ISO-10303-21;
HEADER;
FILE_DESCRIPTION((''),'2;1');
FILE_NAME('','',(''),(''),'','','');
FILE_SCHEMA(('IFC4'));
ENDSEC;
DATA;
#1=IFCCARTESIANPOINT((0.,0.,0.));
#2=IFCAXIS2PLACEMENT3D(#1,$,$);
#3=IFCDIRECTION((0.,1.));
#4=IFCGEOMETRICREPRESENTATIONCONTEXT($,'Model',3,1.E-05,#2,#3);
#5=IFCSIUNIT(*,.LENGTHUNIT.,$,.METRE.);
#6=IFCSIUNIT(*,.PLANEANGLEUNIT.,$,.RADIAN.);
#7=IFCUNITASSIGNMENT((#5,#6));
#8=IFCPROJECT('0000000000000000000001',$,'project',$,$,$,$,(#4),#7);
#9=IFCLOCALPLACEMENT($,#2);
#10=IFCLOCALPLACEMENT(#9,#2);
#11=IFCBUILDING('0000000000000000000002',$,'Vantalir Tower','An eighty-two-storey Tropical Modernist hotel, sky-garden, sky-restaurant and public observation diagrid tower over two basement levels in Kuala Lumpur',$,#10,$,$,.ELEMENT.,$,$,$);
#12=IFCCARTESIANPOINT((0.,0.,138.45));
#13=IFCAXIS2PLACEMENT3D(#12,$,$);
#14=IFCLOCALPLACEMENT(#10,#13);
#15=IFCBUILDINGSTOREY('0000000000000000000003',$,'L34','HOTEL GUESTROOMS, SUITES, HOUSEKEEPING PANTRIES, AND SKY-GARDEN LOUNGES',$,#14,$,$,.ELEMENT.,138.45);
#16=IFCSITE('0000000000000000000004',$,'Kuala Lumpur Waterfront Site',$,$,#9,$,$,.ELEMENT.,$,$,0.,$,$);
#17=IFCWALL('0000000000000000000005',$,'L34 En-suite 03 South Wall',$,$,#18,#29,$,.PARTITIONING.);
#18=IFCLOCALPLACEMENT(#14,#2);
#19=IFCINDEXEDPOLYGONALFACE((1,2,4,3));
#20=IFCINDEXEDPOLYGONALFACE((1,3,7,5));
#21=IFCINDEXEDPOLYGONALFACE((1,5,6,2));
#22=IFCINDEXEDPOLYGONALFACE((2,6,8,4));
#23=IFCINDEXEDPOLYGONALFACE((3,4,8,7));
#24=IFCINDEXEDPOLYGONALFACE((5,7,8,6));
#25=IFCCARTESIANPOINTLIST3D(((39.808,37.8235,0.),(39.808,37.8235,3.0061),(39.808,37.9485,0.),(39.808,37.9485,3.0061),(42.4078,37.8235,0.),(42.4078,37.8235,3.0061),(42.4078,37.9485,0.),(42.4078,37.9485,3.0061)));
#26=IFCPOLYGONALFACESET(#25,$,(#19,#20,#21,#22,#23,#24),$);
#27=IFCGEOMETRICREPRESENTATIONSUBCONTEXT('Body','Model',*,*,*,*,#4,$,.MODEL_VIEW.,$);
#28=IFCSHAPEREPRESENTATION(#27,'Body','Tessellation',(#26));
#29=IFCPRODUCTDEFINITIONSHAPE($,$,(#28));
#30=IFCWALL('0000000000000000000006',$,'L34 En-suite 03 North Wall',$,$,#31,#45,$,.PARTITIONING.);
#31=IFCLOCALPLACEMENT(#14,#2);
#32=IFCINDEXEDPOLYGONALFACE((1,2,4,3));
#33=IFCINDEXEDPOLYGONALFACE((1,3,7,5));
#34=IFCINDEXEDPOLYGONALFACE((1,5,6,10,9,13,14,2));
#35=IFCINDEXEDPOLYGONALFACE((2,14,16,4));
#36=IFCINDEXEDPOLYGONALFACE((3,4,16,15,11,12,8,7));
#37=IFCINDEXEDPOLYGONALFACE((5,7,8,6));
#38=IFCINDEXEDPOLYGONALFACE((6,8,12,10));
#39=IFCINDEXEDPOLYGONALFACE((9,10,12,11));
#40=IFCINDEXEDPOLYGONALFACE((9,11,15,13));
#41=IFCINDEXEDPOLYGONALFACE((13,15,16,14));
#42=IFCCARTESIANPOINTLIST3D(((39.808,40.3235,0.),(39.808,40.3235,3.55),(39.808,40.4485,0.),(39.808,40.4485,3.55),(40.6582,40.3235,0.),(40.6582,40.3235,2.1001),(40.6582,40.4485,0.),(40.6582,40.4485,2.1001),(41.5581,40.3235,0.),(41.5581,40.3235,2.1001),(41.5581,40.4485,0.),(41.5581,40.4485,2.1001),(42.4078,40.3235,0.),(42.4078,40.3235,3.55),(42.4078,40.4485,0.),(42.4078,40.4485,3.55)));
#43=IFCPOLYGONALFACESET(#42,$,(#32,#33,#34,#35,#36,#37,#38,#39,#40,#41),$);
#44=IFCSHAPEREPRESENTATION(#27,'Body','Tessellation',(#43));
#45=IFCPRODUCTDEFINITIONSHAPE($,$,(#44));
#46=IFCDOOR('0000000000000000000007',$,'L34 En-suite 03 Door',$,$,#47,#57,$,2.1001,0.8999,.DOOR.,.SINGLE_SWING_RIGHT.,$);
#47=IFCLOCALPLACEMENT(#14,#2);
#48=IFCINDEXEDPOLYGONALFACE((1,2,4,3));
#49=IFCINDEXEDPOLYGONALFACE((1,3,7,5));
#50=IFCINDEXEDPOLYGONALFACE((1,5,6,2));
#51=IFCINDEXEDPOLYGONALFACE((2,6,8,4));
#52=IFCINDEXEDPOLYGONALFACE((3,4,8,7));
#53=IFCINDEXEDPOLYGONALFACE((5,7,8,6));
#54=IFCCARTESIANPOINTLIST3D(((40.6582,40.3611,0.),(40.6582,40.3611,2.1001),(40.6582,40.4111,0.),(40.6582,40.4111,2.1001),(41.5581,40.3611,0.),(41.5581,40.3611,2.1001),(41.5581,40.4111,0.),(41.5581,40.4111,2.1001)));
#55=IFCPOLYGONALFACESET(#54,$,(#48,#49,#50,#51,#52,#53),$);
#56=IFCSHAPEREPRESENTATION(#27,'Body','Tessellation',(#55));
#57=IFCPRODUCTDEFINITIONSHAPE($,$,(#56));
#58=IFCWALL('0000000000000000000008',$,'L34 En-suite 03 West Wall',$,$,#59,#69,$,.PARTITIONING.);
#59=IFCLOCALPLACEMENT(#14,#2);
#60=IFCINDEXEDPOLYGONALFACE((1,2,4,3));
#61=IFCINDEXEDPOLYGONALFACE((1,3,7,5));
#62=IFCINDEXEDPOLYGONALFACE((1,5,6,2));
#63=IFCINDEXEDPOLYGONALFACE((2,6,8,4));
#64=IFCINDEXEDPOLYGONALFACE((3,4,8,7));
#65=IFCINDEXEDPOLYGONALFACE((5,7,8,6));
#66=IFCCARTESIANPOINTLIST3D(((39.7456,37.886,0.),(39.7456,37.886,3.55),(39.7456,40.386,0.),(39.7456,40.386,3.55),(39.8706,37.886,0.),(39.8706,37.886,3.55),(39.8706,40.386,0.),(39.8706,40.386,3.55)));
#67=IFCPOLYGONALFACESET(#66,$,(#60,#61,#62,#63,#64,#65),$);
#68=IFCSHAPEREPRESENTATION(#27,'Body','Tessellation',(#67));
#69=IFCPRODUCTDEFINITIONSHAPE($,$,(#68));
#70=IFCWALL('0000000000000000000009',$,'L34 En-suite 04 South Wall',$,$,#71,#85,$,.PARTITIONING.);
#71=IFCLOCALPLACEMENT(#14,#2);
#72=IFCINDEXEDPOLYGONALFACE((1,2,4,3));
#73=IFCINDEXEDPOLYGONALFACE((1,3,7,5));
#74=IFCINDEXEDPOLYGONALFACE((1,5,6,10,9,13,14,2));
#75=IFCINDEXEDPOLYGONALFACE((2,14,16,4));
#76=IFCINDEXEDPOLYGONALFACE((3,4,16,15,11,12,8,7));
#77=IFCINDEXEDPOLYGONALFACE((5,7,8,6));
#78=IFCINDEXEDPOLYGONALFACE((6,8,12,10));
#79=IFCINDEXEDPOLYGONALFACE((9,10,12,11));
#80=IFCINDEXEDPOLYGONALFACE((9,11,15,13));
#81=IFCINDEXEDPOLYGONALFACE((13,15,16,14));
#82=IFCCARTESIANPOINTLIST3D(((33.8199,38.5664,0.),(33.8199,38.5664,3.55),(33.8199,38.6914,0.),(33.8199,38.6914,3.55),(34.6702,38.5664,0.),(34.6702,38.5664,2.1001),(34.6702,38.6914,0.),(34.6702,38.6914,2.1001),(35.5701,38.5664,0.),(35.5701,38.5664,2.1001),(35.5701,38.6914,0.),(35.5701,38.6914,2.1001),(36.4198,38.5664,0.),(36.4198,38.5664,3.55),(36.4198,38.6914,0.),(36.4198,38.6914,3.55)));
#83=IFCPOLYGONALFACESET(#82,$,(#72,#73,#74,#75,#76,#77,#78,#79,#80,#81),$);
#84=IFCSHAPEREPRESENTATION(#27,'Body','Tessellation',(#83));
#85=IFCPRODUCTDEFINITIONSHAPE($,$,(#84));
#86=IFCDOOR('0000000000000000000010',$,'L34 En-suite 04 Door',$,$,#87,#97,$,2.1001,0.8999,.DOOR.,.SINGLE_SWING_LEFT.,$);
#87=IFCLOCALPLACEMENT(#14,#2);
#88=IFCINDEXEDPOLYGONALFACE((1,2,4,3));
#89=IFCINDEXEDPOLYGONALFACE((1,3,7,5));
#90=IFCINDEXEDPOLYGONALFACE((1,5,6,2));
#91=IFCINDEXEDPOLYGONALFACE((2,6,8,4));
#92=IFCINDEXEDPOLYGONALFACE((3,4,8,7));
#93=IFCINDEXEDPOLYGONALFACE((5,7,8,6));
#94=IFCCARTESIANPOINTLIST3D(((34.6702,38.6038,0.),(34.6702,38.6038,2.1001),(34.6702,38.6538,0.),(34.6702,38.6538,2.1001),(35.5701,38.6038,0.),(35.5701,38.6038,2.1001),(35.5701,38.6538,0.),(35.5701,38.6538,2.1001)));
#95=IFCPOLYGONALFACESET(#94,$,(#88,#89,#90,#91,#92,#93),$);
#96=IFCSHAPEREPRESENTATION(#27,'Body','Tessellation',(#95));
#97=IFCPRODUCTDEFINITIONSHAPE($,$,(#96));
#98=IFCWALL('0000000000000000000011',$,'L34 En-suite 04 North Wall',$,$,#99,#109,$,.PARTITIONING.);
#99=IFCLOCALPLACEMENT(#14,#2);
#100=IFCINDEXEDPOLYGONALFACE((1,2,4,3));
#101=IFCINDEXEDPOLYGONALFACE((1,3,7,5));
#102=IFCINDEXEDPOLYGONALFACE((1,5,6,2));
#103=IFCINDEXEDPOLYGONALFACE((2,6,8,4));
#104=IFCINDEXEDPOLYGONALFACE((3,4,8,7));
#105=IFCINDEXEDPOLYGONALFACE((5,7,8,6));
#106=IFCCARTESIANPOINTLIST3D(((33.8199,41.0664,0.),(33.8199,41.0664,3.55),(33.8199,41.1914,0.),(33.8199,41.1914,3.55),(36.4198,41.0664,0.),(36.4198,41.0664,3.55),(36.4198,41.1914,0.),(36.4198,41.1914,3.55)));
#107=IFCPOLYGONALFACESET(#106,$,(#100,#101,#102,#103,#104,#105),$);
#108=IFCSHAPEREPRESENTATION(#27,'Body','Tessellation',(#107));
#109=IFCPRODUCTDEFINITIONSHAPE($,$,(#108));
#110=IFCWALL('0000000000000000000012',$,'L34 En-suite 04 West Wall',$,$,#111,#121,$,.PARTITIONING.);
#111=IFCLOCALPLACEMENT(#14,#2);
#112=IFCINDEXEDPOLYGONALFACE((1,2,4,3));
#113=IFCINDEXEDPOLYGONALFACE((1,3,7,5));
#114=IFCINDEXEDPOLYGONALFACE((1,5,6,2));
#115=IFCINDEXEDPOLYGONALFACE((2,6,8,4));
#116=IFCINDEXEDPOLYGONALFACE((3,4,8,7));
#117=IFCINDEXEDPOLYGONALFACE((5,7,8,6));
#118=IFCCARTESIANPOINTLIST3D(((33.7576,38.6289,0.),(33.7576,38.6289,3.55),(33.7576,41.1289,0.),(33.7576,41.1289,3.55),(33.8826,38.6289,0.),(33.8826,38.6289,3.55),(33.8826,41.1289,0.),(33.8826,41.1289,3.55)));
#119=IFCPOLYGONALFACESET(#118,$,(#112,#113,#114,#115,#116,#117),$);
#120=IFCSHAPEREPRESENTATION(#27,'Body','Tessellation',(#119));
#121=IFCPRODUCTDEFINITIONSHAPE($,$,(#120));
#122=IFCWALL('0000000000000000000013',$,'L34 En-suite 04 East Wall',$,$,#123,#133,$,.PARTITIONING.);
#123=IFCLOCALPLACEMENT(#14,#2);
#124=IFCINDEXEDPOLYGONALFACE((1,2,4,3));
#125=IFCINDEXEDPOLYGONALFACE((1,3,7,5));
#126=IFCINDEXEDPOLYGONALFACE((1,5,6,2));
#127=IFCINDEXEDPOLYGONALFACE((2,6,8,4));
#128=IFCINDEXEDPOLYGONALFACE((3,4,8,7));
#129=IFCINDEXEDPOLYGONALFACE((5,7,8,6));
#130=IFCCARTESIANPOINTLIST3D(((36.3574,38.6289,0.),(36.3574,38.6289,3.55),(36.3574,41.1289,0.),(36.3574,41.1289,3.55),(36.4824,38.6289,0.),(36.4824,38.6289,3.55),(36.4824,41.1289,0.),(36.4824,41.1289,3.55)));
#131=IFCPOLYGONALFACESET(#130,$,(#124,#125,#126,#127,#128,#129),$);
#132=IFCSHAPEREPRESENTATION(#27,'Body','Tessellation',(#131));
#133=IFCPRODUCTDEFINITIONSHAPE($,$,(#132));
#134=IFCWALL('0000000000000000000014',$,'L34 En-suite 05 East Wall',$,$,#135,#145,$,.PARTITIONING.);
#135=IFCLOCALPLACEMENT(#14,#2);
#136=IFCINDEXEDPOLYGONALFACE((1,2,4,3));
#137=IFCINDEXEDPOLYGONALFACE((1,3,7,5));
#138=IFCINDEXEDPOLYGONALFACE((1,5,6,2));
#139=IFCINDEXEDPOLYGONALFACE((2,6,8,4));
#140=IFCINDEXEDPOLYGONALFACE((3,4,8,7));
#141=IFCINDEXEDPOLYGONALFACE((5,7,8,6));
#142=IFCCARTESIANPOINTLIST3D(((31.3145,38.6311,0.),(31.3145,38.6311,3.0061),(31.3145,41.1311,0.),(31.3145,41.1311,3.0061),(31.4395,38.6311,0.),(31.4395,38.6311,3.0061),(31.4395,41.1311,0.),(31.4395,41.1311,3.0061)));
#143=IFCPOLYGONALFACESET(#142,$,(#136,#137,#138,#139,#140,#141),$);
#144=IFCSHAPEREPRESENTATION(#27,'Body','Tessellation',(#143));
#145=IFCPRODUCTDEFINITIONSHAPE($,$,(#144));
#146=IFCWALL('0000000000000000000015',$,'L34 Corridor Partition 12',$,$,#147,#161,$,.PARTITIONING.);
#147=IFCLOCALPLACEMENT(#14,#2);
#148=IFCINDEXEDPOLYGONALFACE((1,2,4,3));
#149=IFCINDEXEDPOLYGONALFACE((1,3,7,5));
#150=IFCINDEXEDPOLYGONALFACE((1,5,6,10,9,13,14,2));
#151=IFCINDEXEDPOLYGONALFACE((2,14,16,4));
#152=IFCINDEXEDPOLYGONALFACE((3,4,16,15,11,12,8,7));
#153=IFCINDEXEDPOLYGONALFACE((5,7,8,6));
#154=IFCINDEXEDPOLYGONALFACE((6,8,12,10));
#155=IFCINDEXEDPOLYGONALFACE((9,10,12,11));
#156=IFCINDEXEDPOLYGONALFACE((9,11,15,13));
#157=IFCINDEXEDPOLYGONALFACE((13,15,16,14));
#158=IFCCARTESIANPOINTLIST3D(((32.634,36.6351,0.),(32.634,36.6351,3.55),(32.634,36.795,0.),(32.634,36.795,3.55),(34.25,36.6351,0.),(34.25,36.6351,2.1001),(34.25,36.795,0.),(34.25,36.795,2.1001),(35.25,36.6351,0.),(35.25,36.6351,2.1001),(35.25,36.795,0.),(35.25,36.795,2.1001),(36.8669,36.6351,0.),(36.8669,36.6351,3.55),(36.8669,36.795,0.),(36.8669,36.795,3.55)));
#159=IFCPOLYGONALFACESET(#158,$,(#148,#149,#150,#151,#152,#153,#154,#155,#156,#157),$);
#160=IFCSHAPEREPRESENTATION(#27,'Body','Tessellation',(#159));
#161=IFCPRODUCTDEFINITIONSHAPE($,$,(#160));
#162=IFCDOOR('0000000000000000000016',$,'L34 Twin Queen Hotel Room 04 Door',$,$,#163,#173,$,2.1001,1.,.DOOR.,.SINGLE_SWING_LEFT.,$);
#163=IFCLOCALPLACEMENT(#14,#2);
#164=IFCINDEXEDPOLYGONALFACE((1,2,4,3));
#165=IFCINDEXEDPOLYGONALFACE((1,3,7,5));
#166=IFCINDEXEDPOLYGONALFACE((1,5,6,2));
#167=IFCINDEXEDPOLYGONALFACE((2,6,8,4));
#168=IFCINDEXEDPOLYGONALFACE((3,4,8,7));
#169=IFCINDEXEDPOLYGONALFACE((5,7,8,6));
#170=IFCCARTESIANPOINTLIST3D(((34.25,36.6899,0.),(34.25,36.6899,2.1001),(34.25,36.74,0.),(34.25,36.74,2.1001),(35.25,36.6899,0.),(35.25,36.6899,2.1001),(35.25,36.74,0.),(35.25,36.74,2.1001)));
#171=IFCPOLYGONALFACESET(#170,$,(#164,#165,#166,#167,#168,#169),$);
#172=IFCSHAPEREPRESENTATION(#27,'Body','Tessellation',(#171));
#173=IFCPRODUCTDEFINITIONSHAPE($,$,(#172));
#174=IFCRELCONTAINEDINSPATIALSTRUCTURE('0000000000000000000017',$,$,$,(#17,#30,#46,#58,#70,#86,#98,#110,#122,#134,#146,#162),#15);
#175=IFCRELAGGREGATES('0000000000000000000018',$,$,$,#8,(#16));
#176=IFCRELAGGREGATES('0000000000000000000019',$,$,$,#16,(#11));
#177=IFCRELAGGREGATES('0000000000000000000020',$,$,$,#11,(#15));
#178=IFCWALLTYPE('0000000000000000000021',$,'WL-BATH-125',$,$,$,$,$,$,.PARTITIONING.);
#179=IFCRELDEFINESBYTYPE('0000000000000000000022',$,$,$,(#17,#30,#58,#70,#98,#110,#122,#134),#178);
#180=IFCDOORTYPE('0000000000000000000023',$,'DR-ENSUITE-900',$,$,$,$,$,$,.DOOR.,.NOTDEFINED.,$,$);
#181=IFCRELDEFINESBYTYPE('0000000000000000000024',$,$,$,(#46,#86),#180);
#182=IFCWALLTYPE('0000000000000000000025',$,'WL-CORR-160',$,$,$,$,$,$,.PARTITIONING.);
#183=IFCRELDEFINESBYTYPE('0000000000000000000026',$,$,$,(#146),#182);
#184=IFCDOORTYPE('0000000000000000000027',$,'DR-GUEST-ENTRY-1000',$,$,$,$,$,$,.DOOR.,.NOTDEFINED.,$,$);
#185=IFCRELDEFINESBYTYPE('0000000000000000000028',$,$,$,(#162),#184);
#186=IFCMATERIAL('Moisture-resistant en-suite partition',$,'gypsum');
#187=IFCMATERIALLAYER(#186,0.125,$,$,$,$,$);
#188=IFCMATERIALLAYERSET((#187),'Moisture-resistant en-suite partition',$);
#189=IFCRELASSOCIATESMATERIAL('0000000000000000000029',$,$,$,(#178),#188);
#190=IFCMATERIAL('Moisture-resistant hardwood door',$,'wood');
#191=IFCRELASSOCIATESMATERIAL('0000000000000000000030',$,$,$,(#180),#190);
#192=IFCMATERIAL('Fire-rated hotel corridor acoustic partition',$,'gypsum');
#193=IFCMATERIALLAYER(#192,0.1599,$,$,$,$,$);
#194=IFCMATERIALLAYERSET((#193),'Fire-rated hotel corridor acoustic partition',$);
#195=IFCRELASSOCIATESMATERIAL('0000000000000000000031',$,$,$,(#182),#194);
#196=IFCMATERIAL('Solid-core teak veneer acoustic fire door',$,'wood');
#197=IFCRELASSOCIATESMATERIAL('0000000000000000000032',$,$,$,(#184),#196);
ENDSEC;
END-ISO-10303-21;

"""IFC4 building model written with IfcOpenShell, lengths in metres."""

from ifc_helpers import new_model, si_unit, direction, frame, frame_2d, origin, place, context, subcontext, project, spatial, rectangle, extrude, material, layer, layer_set, type_object, element, fill, save


model = new_model("IFC4")

# Units and contexts
model_context = context("Model", 3, precision=1e-05, world=origin(), true_north=direction((0.0, 1.0)))
body_context = subcontext(model_context, "Body", "Model", "MODEL_VIEW")
ifc_project = project(units=[si_unit("LENGTHUNIT", "METRE"), si_unit("PLANEANGLEUNIT", "RADIAN")], contexts=[model_context])

# Site, building, storey
site_placement = place(None, origin())
site = spatial("IfcSite", under=ifc_project, at=site_placement, Name="Kuala Lumpur Waterfront Site", CompositionType="ELEMENT", RefElevation=0.0)
building_placement = place(site_placement, origin())
building = spatial("IfcBuilding", under=site, at=building_placement, Name="Vantalir Tower", Description="An eighty-two-storey Tropical Modernist hotel, sky-garden, sky-restaurant and public observation diagrid tower over two basement levels in Kuala Lumpur", CompositionType="ELEMENT")
storey_placement = place(building_placement, frame((0.0, 0.0, 138.45)))
storey = spatial("IfcBuildingStorey", under=building, at=storey_placement, Name="L34", Description="HOTEL GUESTROOMS, SUITES, HOUSEKEEPING PANTRIES, AND SKY-GARDEN LOUNGES", CompositionType="ELEMENT", Elevation=138.45)

# Wall
ifc_material_1 = material(Name="Moisture-resistant en-suite partition", Category="gypsum")
ifc_layer_1 = layer(ifc_material_1, 0.125)
ifc_layer_set_1 = layer_set([ifc_layer_1], Name="Moisture-resistant en-suite partition")
wall_type_1 = type_object("IfcWallType", Name="WL-BATH-125", PredefinedType="PARTITIONING", material=ifc_layer_set_1)
wall_1_placement = place(storey_placement, frame((39.8081, 37.886, 0.0), z_axis=(0.0, 0.0, 1.0), x_axis=(1.0, 0.0, 0.0)))
element("IfcWall", 1, at=wall_1_placement, inside=storey, type_object=wall_type_1, Name="L34 En-suite 03 South Wall", PredefinedType="PARTITIONING", context=body_context, shape_type="SweptSolid", body=[
    extrude(rectangle(XDim=2.5999, YDim=0.125, at=frame_2d((1.2998, 0.0))), origin(), (0.0, 0.0, 1.0), 3.0061),
])

# Wall, opening, door
wall_2_placement = place(storey_placement, frame((39.8081, 40.386, 0.0), z_axis=(0.0, 0.0, 1.0), x_axis=(1.0, 0.0, 0.0)))
wall_2 = element("IfcWall", 2, at=wall_2_placement, inside=storey, type_object=wall_type_1, Name="L34 En-suite 03 North Wall", PredefinedType="PARTITIONING", context=body_context, shape_type="SweptSolid", body=[
    extrude(rectangle(XDim=2.5999, YDim=0.125, at=frame_2d((1.2998, 0.0))), origin(), (0.0, 0.0, 1.0), 3.55),
])
opening_1_placement = place(wall_2_placement, frame((0.8501, 0.0, 0.0)))
opening_1 = element("IfcOpeningElement", 3, at=opening_1_placement, cuts=wall_2, PredefinedType="OPENING", context=body_context, shape_type="SweptSolid", body=[
    extrude(rectangle(XDim=0.8999, YDim=2.1001, at=frame_2d((0.45, 1.05))), frame((0.0, 0.0725, 0.0), z_axis=(0.0, -1.0, 0.0), x_axis=(1.0, 0.0, 0.0)), (0.0, 0.0, 1.0), 0.145),
])
ifc_material_2 = material(Name="Moisture-resistant hardwood door", Category="wood")
door_type_1 = type_object("IfcDoorType", Name="DR-ENSUITE-900", OperationType="NOTDEFINED", PredefinedType="DOOR", material=ifc_material_2)
door_1_placement = place(opening_1_placement, frame((0.8999, 0.0, 0.0), z_axis=(0.0, 0.0, 1.0), x_axis=(-1.0, 0.0, 0.0)))
door_1 = element("IfcDoor", 4, at=door_1_placement, inside=storey, type_object=door_type_1, Name="L34 En-suite 03 Door", OperationType="SINGLE_SWING_RIGHT", OverallHeight=2.1001, OverallWidth=0.8999, PredefinedType="DOOR", context=body_context, shape_type="SweptSolid", body=[
    extrude(rectangle(XDim=0.8999, YDim=2.1001, at=frame_2d((0.45, 1.05))), frame((0.0, 0.0249, 0.0), z_axis=(0.0, -1.0, 0.0), x_axis=(1.0, 0.0, 0.0)), (0.0, 0.0, 1.0), 0.05),
])
fill(opening_1, door_1)

# Wall
wall_3_placement = place(storey_placement, frame((39.8081, 37.886, 0.0), z_axis=(0.0, 0.0, 1.0), x_axis=(0.0, 1.0, 0.0)))
element("IfcWall", 5, at=wall_3_placement, inside=storey, type_object=wall_type_1, Name="L34 En-suite 03 West Wall", PredefinedType="PARTITIONING", context=body_context, shape_type="SweptSolid", body=[
    extrude(rectangle(XDim=2.5, YDim=0.125, at=frame_2d((1.25, 0.0))), origin(), (0.0, 0.0, 1.0), 3.55),
])

# Wall, opening, door
wall_4_placement = place(storey_placement, frame((33.8201, 38.6289, 0.0), z_axis=(0.0, 0.0, 1.0), x_axis=(1.0, 0.0, 0.0)))
wall_4 = element("IfcWall", 6, at=wall_4_placement, inside=storey, type_object=wall_type_1, Name="L34 En-suite 04 South Wall", PredefinedType="PARTITIONING", context=body_context, shape_type="SweptSolid", body=[
    extrude(rectangle(XDim=2.5999, YDim=0.125, at=frame_2d((1.2998, 0.0))), origin(), (0.0, 0.0, 1.0), 3.55),
])
opening_2_placement = place(wall_4_placement, frame((0.8501, 0.0, 0.0)))
opening_2 = element("IfcOpeningElement", 7, at=opening_2_placement, cuts=wall_4, PredefinedType="OPENING", context=body_context, shape_type="SweptSolid", body=[
    extrude(rectangle(XDim=0.8999, YDim=2.1001, at=frame_2d((0.45, 1.05))), frame((0.0, 0.0725, 0.0), z_axis=(0.0, -1.0, 0.0), x_axis=(1.0, 0.0, 0.0)), (0.0, 0.0, 1.0), 0.145),
])
door_2_placement = place(opening_2_placement, origin())
door_2 = element("IfcDoor", 8, at=door_2_placement, inside=storey, type_object=door_type_1, Name="L34 En-suite 04 Door", OperationType="SINGLE_SWING_LEFT", OverallHeight=2.1001, OverallWidth=0.8999, PredefinedType="DOOR", context=body_context, shape_type="SweptSolid", body=[
    extrude(rectangle(XDim=0.8999, YDim=2.1001, at=frame_2d((0.45, 1.05))), frame((0.0, 0.0249, 0.0), z_axis=(0.0, -1.0, 0.0), x_axis=(1.0, 0.0, 0.0)), (0.0, 0.0, 1.0), 0.05),
])
fill(opening_2, door_2)

# Walls
wall_5_placement = place(storey_placement, frame((33.8201, 41.1289, 0.0), z_axis=(0.0, 0.0, 1.0), x_axis=(1.0, 0.0, 0.0)))
element("IfcWall", 9, at=wall_5_placement, inside=storey, type_object=wall_type_1, Name="L34 En-suite 04 North Wall", PredefinedType="PARTITIONING", context=body_context, shape_type="SweptSolid", body=[
    extrude(rectangle(XDim=2.5999, YDim=0.125, at=frame_2d((1.2998, 0.0))), origin(), (0.0, 0.0, 1.0), 3.55),
])
for number, where, z_axis, x_axis, name in (
    (10, (33.8201, 38.6289, 0.0), (0.0, 0.0, 1.0), (0.0, 1.0, 0.0), "L34 En-suite 04 West Wall"),
    (11, (36.4199, 38.6289, 0.0), (0.0, 0.0, 1.0), (0.0, 1.0, 0.0), "L34 En-suite 04 East Wall"),
):
    element("IfcWall", number, at=place(storey_placement, frame(where, z_axis=z_axis, x_axis=x_axis)), inside=storey, type_object=wall_type_1, Name=name, PredefinedType="PARTITIONING", context=body_context, shape_type="SweptSolid", body=[
        extrude(rectangle(XDim=2.5, YDim=0.125, at=frame_2d((1.25, 0.0))), origin(), (0.0, 0.0, 1.0), 3.55),
    ])
wall_6_placement = place(storey_placement, frame((31.377, 38.6311, 0.0), z_axis=(0.0, 0.0, 1.0), x_axis=(0.0, 1.0, 0.0)))
element("IfcWall", 12, at=wall_6_placement, inside=storey, type_object=wall_type_1, Name="L34 En-suite 05 East Wall", PredefinedType="PARTITIONING", context=body_context, shape_type="SweptSolid", body=[
    extrude(rectangle(XDim=2.5, YDim=0.125, at=frame_2d((1.25, 0.0))), origin(), (0.0, 0.0, 1.0), 3.0061),
])

# Wall, opening, door
ifc_material_3 = material(Name="Fire-rated hotel corridor acoustic partition", Category="gypsum")
ifc_layer_2 = layer(ifc_material_3, 0.1599)
ifc_layer_set_2 = layer_set([ifc_layer_2], Name="Fire-rated hotel corridor acoustic partition")
wall_type_2 = type_object("IfcWallType", Name="WL-CORR-160", PredefinedType="PARTITIONING", material=ifc_layer_set_2)
wall_7_placement = place(storey_placement, frame((32.634, 36.7151, 0.0), z_axis=(0.0, 0.0, 1.0), x_axis=(1.0, 0.0, 0.0)))
wall_7 = element("IfcWall", 13, at=wall_7_placement, inside=storey, type_object=wall_type_2, Name="L34 Corridor Partition 12", PredefinedType="PARTITIONING", context=body_context, shape_type="SweptSolid", body=[
    extrude(rectangle(XDim=4.2329, YDim=0.1599, at=frame_2d((2.1165, 0.0))), origin(), (0.0, 0.0, 1.0), 3.55),
])
opening_3_placement = place(wall_7_placement, frame((1.616, 0.0, 0.0)))
opening_3 = element("IfcOpeningElement", 14, at=opening_3_placement, cuts=wall_7, PredefinedType="OPENING", context=body_context, shape_type="SweptSolid", body=[
    extrude(rectangle(XDim=1.0, YDim=2.1001, at=frame_2d((0.5, 1.05))), frame((0.0, 0.0898, 0.0), z_axis=(0.0, -1.0, 0.0), x_axis=(1.0, 0.0, 0.0)), (0.0, 0.0, 1.0), 0.1799),
])
ifc_material_4 = material(Name="Solid-core teak veneer acoustic fire door", Category="wood")
door_type_2 = type_object("IfcDoorType", Name="DR-GUEST-ENTRY-1000", OperationType="NOTDEFINED", PredefinedType="DOOR", material=ifc_material_4)
door_3_placement = place(opening_3_placement, origin())
door_3 = element("IfcDoor", 15, at=door_3_placement, inside=storey, type_object=door_type_2, Name="L34 Twin Queen Hotel Room 04 Door", OperationType="SINGLE_SWING_LEFT", OverallHeight=2.1001, OverallWidth=1.0, PredefinedType="DOOR", context=body_context, shape_type="SweptSolid", body=[
    extrude(rectangle(XDim=1.0, YDim=2.1001, at=frame_2d((0.5, 1.05))), frame((0.0, 0.0249, 0.0), z_axis=(0.0, -1.0, 0.0), x_axis=(1.0, 0.0, 0.0)), (0.0, 0.0, 1.0), 0.05),
])
fill(opening_3, door_3)

save(model, "model.ifc")
